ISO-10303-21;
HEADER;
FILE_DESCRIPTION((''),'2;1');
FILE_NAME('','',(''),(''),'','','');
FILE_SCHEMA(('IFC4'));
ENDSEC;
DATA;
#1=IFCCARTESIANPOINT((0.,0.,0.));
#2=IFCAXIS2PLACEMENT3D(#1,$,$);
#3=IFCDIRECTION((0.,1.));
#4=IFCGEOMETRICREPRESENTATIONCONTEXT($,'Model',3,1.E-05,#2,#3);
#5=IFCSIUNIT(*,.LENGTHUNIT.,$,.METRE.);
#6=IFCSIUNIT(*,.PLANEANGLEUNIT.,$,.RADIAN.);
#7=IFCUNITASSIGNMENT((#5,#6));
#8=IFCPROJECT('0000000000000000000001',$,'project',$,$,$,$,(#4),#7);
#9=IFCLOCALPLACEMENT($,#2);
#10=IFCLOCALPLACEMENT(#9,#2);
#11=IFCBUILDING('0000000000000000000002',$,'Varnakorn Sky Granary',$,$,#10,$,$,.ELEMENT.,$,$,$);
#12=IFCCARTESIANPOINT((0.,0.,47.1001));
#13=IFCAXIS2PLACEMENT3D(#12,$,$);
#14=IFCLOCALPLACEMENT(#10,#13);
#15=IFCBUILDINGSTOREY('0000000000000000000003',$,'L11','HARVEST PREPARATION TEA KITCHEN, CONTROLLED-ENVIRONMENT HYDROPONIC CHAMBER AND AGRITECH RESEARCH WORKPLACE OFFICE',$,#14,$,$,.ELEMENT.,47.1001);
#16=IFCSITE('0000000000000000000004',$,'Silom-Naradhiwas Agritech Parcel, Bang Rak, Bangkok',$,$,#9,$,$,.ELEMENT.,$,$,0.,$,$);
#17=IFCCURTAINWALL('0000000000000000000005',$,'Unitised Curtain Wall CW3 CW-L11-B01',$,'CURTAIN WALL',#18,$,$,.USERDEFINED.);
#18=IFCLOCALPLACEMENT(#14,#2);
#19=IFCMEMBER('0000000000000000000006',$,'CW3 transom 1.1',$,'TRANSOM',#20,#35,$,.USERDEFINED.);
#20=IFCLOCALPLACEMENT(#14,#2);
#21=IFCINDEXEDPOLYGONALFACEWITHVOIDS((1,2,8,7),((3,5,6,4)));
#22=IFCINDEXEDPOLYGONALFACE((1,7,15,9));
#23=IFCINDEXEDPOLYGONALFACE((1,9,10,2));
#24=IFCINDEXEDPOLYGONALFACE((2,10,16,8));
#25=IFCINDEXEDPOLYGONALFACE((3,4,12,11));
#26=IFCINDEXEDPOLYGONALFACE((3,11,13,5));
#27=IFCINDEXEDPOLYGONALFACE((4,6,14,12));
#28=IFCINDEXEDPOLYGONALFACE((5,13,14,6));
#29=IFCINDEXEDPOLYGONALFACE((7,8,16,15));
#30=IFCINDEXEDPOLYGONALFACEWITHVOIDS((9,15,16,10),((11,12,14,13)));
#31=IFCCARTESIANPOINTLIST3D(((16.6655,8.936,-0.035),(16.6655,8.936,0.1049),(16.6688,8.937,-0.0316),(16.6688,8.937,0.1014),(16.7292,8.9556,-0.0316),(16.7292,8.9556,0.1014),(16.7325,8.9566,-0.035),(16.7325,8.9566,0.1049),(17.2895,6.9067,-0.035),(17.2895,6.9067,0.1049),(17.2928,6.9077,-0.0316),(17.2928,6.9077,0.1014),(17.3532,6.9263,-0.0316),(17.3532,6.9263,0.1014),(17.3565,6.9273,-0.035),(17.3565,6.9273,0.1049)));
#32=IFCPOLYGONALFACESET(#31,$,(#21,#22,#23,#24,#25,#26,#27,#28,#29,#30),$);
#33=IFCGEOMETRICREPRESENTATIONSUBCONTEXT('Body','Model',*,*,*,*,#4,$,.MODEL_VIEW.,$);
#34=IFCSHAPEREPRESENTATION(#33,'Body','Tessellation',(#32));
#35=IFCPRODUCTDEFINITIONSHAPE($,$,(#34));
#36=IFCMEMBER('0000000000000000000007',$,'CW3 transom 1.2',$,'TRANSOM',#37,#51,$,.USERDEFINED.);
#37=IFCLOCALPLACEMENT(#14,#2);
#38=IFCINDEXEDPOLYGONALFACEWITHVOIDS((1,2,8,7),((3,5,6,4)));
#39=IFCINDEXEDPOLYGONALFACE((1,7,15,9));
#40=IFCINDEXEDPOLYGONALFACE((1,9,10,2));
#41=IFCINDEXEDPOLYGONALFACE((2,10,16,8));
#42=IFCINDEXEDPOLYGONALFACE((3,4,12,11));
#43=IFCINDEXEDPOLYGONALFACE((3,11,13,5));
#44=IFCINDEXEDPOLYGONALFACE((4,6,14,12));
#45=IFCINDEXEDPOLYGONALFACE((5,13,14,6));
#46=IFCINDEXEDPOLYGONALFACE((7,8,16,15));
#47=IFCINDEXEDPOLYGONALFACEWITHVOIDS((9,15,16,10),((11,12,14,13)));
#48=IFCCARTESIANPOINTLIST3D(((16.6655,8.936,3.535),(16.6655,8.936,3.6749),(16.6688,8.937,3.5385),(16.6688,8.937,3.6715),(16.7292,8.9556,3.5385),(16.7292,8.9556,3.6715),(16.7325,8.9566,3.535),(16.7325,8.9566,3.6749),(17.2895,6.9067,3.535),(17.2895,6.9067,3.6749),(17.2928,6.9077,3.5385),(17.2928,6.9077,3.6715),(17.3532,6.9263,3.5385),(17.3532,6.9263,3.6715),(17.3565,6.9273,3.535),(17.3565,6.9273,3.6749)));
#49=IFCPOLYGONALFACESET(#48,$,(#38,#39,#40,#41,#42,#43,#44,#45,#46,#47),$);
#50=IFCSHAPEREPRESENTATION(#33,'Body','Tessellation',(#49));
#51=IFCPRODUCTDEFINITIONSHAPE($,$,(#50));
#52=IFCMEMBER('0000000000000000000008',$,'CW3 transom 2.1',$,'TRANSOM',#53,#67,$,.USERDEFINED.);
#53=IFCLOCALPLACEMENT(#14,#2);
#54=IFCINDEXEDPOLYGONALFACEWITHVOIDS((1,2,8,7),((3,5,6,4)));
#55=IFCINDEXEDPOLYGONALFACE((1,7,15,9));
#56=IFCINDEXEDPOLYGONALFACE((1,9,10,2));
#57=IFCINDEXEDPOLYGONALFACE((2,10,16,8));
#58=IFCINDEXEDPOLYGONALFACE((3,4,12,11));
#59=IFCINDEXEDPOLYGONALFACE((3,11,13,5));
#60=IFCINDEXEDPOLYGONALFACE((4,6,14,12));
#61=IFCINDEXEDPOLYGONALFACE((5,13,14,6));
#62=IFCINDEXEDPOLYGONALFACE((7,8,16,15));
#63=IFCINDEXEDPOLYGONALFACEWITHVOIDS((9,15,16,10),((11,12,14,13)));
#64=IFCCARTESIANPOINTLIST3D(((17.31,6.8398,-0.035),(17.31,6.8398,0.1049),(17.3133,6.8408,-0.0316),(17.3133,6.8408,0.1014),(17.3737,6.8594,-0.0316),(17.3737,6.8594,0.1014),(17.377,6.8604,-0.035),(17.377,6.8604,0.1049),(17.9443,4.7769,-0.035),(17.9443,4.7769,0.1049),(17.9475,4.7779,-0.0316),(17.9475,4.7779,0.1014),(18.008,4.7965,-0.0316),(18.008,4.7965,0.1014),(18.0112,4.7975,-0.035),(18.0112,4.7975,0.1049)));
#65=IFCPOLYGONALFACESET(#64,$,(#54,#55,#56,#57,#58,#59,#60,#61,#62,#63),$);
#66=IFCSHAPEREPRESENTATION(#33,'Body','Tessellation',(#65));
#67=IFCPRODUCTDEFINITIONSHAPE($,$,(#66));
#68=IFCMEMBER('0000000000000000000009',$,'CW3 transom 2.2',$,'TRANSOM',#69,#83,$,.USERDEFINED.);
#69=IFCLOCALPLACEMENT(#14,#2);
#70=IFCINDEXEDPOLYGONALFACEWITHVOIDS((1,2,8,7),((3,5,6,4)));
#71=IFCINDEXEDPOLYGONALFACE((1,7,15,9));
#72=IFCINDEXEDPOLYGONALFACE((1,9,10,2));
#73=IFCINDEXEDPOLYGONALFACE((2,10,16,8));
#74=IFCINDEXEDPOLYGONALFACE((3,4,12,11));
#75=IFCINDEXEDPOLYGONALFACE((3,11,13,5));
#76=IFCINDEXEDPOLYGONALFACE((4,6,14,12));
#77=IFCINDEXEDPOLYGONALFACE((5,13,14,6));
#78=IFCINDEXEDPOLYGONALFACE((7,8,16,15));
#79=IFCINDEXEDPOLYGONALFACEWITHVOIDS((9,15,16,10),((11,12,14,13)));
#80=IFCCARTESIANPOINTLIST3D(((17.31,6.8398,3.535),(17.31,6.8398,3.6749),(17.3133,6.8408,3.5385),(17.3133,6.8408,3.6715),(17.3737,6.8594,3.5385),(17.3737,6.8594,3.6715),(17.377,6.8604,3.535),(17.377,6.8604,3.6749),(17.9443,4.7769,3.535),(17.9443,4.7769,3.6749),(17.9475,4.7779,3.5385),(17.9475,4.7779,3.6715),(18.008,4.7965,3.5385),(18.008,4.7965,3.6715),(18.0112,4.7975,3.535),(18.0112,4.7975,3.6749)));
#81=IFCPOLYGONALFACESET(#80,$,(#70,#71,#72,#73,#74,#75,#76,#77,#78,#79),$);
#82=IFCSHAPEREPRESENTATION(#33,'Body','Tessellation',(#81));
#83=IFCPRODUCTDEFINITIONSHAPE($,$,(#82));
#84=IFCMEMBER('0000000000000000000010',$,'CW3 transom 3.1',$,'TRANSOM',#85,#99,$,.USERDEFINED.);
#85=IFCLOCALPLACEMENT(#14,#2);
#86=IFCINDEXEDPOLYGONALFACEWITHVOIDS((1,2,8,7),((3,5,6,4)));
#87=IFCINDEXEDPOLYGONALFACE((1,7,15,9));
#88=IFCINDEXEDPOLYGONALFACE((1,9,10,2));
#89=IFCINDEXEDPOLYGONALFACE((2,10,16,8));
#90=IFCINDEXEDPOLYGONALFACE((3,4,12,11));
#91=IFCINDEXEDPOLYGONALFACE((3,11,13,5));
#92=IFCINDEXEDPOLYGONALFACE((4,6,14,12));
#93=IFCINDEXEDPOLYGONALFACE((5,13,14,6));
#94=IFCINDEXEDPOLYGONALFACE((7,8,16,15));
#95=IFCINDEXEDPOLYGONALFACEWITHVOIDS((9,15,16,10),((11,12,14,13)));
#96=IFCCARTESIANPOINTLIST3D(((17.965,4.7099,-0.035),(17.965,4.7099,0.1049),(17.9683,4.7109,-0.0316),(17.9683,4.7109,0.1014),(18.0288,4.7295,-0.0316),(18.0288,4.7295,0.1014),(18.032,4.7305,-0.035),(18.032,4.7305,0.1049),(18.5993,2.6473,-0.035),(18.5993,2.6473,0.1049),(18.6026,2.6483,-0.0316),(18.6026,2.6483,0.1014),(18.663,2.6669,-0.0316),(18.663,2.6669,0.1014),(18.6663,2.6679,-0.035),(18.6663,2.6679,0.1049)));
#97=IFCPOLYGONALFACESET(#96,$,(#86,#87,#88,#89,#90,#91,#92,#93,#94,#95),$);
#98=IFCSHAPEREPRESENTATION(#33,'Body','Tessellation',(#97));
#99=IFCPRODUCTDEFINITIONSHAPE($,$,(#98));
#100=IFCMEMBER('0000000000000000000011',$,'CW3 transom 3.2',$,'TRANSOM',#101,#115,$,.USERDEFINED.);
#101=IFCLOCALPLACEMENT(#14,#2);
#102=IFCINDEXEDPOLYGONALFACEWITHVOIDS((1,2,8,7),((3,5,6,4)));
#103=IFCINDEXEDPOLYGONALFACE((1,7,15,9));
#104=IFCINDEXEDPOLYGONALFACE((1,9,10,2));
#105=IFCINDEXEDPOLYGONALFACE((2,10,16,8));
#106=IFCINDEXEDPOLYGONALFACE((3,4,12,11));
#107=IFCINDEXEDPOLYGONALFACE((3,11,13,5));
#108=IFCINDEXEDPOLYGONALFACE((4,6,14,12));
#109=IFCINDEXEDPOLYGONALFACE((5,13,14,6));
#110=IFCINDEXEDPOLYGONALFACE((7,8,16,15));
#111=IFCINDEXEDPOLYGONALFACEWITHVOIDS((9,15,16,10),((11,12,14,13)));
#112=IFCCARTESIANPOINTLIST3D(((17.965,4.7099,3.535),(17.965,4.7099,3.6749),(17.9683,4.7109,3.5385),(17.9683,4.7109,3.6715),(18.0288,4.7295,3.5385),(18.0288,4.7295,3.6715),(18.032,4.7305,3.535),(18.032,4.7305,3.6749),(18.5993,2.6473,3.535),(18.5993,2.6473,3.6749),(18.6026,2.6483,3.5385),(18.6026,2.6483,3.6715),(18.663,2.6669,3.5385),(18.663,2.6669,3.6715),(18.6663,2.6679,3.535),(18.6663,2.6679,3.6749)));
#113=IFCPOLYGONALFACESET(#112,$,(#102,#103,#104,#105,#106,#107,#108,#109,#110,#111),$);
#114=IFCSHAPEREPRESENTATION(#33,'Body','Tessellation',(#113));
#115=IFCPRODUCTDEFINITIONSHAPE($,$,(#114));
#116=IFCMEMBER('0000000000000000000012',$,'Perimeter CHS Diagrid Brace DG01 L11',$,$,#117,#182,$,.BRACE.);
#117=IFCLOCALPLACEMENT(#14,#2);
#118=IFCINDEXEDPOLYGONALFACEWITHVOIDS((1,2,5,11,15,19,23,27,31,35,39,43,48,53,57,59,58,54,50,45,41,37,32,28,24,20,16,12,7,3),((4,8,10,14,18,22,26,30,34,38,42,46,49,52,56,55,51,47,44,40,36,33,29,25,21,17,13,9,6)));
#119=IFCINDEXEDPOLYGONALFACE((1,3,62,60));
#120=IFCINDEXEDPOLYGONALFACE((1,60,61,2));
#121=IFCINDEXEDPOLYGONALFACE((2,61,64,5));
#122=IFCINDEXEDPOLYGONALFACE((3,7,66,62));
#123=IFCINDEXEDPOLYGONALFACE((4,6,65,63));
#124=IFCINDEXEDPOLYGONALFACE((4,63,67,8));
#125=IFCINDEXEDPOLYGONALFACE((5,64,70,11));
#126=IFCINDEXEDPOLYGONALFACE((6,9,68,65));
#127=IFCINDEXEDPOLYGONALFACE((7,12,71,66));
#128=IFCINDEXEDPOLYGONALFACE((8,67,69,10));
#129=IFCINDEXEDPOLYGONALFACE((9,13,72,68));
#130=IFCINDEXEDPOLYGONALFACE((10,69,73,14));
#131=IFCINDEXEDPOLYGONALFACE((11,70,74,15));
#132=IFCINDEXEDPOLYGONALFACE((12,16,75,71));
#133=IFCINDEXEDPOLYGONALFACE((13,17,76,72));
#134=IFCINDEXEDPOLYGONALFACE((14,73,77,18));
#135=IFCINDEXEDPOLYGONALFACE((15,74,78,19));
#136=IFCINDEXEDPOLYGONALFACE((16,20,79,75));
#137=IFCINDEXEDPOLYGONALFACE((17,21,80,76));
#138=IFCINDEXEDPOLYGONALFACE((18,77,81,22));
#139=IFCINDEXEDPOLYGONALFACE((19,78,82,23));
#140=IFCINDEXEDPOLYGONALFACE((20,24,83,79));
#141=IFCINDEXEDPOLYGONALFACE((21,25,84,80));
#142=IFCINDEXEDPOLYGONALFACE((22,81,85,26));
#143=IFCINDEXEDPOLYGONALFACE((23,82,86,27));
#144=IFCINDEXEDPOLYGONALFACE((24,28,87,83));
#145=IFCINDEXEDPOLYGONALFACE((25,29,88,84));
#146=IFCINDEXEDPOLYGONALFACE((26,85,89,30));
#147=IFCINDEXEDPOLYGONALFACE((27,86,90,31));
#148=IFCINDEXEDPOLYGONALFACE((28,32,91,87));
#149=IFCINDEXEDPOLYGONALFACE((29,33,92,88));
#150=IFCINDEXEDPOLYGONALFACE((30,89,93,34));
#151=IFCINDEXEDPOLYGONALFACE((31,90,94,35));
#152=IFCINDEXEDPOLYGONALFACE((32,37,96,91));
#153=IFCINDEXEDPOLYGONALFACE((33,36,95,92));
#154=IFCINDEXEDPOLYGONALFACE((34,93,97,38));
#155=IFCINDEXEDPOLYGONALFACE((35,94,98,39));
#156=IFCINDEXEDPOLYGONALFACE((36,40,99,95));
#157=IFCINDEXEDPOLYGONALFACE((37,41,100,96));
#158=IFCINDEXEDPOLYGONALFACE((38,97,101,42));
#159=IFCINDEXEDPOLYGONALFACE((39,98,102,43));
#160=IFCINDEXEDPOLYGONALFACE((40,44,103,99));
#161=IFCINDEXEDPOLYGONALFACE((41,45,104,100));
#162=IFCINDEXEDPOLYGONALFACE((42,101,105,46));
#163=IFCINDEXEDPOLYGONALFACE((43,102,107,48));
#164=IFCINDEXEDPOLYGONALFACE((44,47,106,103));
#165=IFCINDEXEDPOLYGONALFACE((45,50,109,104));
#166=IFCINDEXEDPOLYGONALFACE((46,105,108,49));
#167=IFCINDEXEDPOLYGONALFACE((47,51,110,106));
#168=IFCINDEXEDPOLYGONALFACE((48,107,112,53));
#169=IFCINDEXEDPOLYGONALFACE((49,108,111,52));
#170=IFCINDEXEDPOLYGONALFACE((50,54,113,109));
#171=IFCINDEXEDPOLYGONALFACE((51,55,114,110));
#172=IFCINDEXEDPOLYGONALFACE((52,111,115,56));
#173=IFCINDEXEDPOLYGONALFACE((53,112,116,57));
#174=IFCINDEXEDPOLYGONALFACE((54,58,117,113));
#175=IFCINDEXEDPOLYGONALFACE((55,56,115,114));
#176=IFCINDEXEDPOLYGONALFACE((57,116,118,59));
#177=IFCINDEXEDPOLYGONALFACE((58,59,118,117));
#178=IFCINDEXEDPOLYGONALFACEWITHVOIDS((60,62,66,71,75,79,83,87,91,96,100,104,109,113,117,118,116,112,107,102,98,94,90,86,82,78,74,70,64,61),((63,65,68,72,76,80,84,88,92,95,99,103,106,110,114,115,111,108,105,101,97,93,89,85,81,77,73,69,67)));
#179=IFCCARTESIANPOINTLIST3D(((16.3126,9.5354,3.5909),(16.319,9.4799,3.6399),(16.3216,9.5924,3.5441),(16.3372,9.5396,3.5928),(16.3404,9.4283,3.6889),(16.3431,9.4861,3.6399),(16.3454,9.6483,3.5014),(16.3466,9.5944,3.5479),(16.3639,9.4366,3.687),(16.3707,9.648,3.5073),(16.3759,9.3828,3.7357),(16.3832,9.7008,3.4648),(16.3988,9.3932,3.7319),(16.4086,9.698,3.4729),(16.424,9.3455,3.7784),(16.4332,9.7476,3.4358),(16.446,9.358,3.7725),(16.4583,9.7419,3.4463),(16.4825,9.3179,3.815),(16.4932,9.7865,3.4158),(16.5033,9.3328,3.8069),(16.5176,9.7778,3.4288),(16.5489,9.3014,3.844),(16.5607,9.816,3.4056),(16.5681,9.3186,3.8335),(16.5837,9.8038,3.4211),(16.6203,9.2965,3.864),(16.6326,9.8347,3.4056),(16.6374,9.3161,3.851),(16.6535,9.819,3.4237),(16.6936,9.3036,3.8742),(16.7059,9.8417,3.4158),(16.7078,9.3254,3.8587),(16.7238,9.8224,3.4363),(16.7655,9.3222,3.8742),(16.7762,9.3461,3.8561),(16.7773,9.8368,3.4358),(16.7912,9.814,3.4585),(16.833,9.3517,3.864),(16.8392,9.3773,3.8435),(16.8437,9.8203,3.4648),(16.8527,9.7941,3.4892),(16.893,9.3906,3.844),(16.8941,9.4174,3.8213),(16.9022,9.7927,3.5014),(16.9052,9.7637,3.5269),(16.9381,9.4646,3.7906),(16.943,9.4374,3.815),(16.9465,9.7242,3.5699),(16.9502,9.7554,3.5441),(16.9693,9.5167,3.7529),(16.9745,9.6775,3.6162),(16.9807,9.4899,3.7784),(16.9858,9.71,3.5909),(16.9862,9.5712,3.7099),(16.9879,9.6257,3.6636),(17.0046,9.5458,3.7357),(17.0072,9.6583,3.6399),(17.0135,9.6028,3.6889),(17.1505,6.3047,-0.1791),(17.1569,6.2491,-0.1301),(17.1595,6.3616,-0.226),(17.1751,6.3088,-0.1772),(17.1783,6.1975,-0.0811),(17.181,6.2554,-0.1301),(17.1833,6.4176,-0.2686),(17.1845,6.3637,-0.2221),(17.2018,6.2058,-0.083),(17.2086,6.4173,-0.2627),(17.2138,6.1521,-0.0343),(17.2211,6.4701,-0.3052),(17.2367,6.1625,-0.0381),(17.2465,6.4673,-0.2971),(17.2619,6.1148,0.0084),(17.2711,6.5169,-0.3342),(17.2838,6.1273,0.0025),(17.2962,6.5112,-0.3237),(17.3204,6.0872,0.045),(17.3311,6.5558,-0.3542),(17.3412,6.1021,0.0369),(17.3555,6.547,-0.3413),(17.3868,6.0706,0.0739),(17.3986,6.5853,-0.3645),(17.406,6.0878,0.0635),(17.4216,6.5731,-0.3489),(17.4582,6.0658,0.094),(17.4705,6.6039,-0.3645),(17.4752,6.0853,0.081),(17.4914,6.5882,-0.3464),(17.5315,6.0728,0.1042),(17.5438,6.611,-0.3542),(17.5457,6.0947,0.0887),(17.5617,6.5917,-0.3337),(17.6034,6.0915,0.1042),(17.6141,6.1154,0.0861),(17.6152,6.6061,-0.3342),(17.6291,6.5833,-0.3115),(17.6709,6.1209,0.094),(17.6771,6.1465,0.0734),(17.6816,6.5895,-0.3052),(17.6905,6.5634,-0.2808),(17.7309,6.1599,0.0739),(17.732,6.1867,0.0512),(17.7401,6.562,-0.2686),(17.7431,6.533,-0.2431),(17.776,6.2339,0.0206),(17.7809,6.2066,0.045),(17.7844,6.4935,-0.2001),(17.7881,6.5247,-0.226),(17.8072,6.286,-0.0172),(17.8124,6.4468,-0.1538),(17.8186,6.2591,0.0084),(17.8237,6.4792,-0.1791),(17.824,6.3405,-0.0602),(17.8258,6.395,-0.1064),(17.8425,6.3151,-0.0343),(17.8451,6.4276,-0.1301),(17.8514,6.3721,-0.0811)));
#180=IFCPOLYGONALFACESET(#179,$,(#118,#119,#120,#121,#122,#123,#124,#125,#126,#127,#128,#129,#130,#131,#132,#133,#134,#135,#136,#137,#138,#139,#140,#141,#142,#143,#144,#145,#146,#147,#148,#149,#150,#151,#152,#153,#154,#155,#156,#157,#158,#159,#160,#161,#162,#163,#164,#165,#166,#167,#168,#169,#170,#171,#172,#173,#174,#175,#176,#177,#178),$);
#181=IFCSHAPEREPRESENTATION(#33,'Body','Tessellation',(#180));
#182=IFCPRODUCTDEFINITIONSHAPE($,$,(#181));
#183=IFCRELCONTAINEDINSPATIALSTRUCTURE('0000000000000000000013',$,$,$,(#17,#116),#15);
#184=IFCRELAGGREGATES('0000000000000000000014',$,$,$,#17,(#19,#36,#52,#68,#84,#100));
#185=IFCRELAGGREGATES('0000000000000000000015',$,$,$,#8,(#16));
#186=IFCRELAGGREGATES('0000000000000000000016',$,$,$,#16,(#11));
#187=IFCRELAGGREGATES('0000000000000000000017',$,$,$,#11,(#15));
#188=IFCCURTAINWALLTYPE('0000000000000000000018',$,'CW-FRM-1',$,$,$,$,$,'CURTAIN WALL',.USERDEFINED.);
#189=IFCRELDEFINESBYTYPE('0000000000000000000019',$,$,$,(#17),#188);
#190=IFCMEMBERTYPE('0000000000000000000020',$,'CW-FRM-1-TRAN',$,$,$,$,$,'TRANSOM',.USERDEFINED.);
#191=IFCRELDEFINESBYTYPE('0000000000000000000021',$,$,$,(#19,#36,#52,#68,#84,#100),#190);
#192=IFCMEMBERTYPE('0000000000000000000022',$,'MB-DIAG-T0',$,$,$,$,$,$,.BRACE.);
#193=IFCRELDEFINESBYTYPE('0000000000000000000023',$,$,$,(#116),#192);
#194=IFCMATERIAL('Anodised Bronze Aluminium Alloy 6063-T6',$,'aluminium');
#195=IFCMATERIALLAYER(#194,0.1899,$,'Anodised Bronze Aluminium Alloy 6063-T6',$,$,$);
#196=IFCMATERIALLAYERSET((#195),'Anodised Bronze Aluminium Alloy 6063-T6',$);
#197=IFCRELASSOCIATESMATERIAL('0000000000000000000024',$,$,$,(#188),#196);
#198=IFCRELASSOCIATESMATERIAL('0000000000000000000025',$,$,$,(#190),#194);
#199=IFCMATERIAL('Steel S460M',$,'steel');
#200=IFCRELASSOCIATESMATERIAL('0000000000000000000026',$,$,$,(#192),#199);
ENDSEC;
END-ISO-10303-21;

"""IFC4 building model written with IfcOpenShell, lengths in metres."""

from ifc_helpers import new_model, si_unit, direction, frame, origin, origin_2d, place, context, subcontext, project, spatial, hollow_rectangle, hollow_circle, extrude, material, layer, layer_set, material_profile, profile_set, type_object, element, aggregate, save


model = new_model("IFC4")

# Units and contexts
model_context = context("Model", 3, precision=1e-05, world=origin(), true_north=direction((0.0, 1.0)))
body_context = subcontext(model_context, "Body", "Model", "MODEL_VIEW")
ifc_project = project(units=[si_unit("LENGTHUNIT", "METRE"), si_unit("PLANEANGLEUNIT", "RADIAN")], contexts=[model_context])

# Site, building, storey
site_placement = place(None, origin())
site = spatial("IfcSite", under=ifc_project, at=site_placement, Name="Silom-Naradhiwas Agritech Parcel, Bang Rak, Bangkok", CompositionType="ELEMENT", RefElevation=0.0)
building_placement = place(site_placement, origin())
building = spatial("IfcBuilding", under=site, at=building_placement, Name="Varnakorn Sky Granary", CompositionType="ELEMENT")
storey_placement = place(building_placement, frame((0.0, 0.0, 47.1001)))
storey = spatial("IfcBuildingStorey", under=building, at=storey_placement, Name="L11", Description="HARVEST PREPARATION TEA KITCHEN, CONTROLLED-ENVIRONMENT HYDROPONIC CHAMBER AND AGRITECH RESEARCH WORKPLACE OFFICE", CompositionType="ELEMENT", Elevation=47.1001)

# Shared definitions
ifc_material_1 = material(Name="Steel S460M", Category="steel")

# Curtain wall
ifc_material_2 = material(Name="Anodised Bronze Aluminium Alloy 6063-T6", Category="aluminium")
ifc_layer_1 = layer(ifc_material_2, 0.1899, Name="Anodised Bronze Aluminium Alloy 6063-T6")
ifc_layer_set_1 = layer_set([ifc_layer_1], Name="Anodised Bronze Aluminium Alloy 6063-T6")
curtain_wall_type = type_object("IfcCurtainWallType", Name="CW-FRM-1", ElementType="CURTAIN WALL", PredefinedType="USERDEFINED", material=ifc_layer_set_1)
curtain_wall_1_placement = place(storey_placement, origin())
curtain_wall_1 = element("IfcCurtainWall", 1, at=curtain_wall_1_placement, inside=storey, type_object=curtain_wall_type, Name="Unitised Curtain Wall CW3 CW-L11-B01", ObjectType="CURTAIN WALL", PredefinedType="USERDEFINED")

# Members
ifc_material_profile_1 = material_profile(ifc_material_2, hollow_rectangle(XDim=0.0701, YDim=0.1399, WallThickness=0.0034, at=origin_2d()), Name="ALU TRAN 70x140")
ifc_profile_set_1 = profile_set([ifc_material_profile_1], Name="Anodised Bronze Aluminium Alloy 6063-T6")
member_type_1 = type_object("IfcMemberType", Name="CW-FRM-1-TRAN", ElementType="TRANSOM", PredefinedType="USERDEFINED", material=ifc_profile_set_1)
member_1_placement = place(storey_placement, frame((16.699, 8.9463, 0.0349), z_axis=(0.293924, -0.955829, 0.0), x_axis=(0.955829, 0.293924, 0.0)))
member_1 = element("IfcMember", 2, at=member_1_placement, type_object=member_type_1, Name="CW3 transom 1.1", ObjectType="TRANSOM", PredefinedType="USERDEFINED", context=body_context, shape_type="SweptSolid", body=[
    extrude(hollow_rectangle(XDim=0.0701, YDim=0.1399, WallThickness=0.0034, at=origin_2d()), origin(), (0.0, 0.0, 1.0), 2.123),
])
member_2_placement = place(storey_placement, frame((16.699, 8.9463, 3.605), z_axis=(0.293924, -0.955829, 0.0), x_axis=(0.955829, 0.293924, 0.0)))
member_2 = element("IfcMember", 3, at=member_2_placement, type_object=member_type_1, Name="CW3 transom 1.2", ObjectType="TRANSOM", PredefinedType="USERDEFINED", context=body_context, shape_type="SweptSolid", body=[
    extrude(hollow_rectangle(XDim=0.0701, YDim=0.1399, WallThickness=0.0034, at=origin_2d()), origin(), (0.0, 0.0, 1.0), 2.123),
])
member_3_placement = place(storey_placement, frame((17.3435, 6.8501, 0.0349), z_axis=(0.293879, -0.955843, 0.0), x_axis=(0.955843, 0.293879, 0.0)))
member_3 = element("IfcMember", 4, at=member_3_placement, type_object=member_type_1, Name="CW3 transom 2.1", ObjectType="TRANSOM", PredefinedType="USERDEFINED", context=body_context, shape_type="SweptSolid", body=[
    extrude(hollow_rectangle(XDim=0.0701, YDim=0.1399, WallThickness=0.0034, at=origin_2d()), origin(), (0.0, 0.0, 1.0), 2.1582),
])
member_4_placement = place(storey_placement, frame((17.3435, 6.8501, 3.605), z_axis=(0.293879, -0.955843, 0.0), x_axis=(0.955843, 0.293879, 0.0)))
member_4 = element("IfcMember", 5, at=member_4_placement, type_object=member_type_1, Name="CW3 transom 2.2", ObjectType="TRANSOM", PredefinedType="USERDEFINED", context=body_context, shape_type="SweptSolid", body=[
    extrude(hollow_rectangle(XDim=0.0701, YDim=0.1399, WallThickness=0.0034, at=origin_2d()), origin(), (0.0, 0.0, 1.0), 2.1582),
])
member_5_placement = place(storey_placement, frame((17.9985, 4.7202, 0.0349), z_axis=(0.293911, -0.955833, 0.0), x_axis=(0.955833, 0.293911, 0.0)))
member_5 = element("IfcMember", 6, at=member_5_placement, type_object=member_type_1, Name="CW3 transom 3.1", ObjectType="TRANSOM", PredefinedType="USERDEFINED", context=body_context, shape_type="SweptSolid", body=[
    extrude(hollow_rectangle(XDim=0.0701, YDim=0.1399, WallThickness=0.0034, at=origin_2d()), origin(), (0.0, 0.0, 1.0), 2.158),
])
member_6_placement = place(storey_placement, frame((17.9985, 4.7202, 3.605), z_axis=(0.293911, -0.955833, 0.0), x_axis=(0.955833, 0.293911, 0.0)))
member_6 = element("IfcMember", 7, at=member_6_placement, type_object=member_type_1, Name="CW3 transom 3.2", ObjectType="TRANSOM", PredefinedType="USERDEFINED", context=body_context, shape_type="SweptSolid", body=[
    extrude(hollow_rectangle(XDim=0.0701, YDim=0.1399, WallThickness=0.0034, at=origin_2d()), origin(), (0.0, 0.0, 1.0), 2.158),
])
ifc_material_profile_2 = material_profile(ifc_material_1, hollow_circle(Radius=0.3555, WallThickness=0.0249, at=origin_2d()), Name="CHS 711x25")
ifc_profile_set_2 = profile_set([ifc_material_profile_2], Name="Steel S460M")
member_type_2 = type_object("IfcMemberType", Name="MB-DIAG-T0", PredefinedType="BRACE", material=ifc_profile_set_2)
member_7_placement = place(storey_placement, frame((17.501, 6.3384, -0.1301), z_axis=(-0.166409, 0.641633, 0.748742), x_axis=(-0.967975, -0.251046, 0.0)))
element("IfcMember", 8, at=member_7_placement, inside=storey, type_object=member_type_2, Name="Perimeter CHS Diagrid Brace DG01 L11", PredefinedType="BRACE", context=body_context, shape_type="SweptSolid", body=[
    extrude(hollow_circle(Radius=0.3555, WallThickness=0.0249, at=origin_2d()), origin(), (0.0, 0.0, 1.0), 5.0352),
])

aggregate(curtain_wall_1, [member_1, member_2, member_3, member_4, member_5, member_6])

save(model, "model.ifc")
